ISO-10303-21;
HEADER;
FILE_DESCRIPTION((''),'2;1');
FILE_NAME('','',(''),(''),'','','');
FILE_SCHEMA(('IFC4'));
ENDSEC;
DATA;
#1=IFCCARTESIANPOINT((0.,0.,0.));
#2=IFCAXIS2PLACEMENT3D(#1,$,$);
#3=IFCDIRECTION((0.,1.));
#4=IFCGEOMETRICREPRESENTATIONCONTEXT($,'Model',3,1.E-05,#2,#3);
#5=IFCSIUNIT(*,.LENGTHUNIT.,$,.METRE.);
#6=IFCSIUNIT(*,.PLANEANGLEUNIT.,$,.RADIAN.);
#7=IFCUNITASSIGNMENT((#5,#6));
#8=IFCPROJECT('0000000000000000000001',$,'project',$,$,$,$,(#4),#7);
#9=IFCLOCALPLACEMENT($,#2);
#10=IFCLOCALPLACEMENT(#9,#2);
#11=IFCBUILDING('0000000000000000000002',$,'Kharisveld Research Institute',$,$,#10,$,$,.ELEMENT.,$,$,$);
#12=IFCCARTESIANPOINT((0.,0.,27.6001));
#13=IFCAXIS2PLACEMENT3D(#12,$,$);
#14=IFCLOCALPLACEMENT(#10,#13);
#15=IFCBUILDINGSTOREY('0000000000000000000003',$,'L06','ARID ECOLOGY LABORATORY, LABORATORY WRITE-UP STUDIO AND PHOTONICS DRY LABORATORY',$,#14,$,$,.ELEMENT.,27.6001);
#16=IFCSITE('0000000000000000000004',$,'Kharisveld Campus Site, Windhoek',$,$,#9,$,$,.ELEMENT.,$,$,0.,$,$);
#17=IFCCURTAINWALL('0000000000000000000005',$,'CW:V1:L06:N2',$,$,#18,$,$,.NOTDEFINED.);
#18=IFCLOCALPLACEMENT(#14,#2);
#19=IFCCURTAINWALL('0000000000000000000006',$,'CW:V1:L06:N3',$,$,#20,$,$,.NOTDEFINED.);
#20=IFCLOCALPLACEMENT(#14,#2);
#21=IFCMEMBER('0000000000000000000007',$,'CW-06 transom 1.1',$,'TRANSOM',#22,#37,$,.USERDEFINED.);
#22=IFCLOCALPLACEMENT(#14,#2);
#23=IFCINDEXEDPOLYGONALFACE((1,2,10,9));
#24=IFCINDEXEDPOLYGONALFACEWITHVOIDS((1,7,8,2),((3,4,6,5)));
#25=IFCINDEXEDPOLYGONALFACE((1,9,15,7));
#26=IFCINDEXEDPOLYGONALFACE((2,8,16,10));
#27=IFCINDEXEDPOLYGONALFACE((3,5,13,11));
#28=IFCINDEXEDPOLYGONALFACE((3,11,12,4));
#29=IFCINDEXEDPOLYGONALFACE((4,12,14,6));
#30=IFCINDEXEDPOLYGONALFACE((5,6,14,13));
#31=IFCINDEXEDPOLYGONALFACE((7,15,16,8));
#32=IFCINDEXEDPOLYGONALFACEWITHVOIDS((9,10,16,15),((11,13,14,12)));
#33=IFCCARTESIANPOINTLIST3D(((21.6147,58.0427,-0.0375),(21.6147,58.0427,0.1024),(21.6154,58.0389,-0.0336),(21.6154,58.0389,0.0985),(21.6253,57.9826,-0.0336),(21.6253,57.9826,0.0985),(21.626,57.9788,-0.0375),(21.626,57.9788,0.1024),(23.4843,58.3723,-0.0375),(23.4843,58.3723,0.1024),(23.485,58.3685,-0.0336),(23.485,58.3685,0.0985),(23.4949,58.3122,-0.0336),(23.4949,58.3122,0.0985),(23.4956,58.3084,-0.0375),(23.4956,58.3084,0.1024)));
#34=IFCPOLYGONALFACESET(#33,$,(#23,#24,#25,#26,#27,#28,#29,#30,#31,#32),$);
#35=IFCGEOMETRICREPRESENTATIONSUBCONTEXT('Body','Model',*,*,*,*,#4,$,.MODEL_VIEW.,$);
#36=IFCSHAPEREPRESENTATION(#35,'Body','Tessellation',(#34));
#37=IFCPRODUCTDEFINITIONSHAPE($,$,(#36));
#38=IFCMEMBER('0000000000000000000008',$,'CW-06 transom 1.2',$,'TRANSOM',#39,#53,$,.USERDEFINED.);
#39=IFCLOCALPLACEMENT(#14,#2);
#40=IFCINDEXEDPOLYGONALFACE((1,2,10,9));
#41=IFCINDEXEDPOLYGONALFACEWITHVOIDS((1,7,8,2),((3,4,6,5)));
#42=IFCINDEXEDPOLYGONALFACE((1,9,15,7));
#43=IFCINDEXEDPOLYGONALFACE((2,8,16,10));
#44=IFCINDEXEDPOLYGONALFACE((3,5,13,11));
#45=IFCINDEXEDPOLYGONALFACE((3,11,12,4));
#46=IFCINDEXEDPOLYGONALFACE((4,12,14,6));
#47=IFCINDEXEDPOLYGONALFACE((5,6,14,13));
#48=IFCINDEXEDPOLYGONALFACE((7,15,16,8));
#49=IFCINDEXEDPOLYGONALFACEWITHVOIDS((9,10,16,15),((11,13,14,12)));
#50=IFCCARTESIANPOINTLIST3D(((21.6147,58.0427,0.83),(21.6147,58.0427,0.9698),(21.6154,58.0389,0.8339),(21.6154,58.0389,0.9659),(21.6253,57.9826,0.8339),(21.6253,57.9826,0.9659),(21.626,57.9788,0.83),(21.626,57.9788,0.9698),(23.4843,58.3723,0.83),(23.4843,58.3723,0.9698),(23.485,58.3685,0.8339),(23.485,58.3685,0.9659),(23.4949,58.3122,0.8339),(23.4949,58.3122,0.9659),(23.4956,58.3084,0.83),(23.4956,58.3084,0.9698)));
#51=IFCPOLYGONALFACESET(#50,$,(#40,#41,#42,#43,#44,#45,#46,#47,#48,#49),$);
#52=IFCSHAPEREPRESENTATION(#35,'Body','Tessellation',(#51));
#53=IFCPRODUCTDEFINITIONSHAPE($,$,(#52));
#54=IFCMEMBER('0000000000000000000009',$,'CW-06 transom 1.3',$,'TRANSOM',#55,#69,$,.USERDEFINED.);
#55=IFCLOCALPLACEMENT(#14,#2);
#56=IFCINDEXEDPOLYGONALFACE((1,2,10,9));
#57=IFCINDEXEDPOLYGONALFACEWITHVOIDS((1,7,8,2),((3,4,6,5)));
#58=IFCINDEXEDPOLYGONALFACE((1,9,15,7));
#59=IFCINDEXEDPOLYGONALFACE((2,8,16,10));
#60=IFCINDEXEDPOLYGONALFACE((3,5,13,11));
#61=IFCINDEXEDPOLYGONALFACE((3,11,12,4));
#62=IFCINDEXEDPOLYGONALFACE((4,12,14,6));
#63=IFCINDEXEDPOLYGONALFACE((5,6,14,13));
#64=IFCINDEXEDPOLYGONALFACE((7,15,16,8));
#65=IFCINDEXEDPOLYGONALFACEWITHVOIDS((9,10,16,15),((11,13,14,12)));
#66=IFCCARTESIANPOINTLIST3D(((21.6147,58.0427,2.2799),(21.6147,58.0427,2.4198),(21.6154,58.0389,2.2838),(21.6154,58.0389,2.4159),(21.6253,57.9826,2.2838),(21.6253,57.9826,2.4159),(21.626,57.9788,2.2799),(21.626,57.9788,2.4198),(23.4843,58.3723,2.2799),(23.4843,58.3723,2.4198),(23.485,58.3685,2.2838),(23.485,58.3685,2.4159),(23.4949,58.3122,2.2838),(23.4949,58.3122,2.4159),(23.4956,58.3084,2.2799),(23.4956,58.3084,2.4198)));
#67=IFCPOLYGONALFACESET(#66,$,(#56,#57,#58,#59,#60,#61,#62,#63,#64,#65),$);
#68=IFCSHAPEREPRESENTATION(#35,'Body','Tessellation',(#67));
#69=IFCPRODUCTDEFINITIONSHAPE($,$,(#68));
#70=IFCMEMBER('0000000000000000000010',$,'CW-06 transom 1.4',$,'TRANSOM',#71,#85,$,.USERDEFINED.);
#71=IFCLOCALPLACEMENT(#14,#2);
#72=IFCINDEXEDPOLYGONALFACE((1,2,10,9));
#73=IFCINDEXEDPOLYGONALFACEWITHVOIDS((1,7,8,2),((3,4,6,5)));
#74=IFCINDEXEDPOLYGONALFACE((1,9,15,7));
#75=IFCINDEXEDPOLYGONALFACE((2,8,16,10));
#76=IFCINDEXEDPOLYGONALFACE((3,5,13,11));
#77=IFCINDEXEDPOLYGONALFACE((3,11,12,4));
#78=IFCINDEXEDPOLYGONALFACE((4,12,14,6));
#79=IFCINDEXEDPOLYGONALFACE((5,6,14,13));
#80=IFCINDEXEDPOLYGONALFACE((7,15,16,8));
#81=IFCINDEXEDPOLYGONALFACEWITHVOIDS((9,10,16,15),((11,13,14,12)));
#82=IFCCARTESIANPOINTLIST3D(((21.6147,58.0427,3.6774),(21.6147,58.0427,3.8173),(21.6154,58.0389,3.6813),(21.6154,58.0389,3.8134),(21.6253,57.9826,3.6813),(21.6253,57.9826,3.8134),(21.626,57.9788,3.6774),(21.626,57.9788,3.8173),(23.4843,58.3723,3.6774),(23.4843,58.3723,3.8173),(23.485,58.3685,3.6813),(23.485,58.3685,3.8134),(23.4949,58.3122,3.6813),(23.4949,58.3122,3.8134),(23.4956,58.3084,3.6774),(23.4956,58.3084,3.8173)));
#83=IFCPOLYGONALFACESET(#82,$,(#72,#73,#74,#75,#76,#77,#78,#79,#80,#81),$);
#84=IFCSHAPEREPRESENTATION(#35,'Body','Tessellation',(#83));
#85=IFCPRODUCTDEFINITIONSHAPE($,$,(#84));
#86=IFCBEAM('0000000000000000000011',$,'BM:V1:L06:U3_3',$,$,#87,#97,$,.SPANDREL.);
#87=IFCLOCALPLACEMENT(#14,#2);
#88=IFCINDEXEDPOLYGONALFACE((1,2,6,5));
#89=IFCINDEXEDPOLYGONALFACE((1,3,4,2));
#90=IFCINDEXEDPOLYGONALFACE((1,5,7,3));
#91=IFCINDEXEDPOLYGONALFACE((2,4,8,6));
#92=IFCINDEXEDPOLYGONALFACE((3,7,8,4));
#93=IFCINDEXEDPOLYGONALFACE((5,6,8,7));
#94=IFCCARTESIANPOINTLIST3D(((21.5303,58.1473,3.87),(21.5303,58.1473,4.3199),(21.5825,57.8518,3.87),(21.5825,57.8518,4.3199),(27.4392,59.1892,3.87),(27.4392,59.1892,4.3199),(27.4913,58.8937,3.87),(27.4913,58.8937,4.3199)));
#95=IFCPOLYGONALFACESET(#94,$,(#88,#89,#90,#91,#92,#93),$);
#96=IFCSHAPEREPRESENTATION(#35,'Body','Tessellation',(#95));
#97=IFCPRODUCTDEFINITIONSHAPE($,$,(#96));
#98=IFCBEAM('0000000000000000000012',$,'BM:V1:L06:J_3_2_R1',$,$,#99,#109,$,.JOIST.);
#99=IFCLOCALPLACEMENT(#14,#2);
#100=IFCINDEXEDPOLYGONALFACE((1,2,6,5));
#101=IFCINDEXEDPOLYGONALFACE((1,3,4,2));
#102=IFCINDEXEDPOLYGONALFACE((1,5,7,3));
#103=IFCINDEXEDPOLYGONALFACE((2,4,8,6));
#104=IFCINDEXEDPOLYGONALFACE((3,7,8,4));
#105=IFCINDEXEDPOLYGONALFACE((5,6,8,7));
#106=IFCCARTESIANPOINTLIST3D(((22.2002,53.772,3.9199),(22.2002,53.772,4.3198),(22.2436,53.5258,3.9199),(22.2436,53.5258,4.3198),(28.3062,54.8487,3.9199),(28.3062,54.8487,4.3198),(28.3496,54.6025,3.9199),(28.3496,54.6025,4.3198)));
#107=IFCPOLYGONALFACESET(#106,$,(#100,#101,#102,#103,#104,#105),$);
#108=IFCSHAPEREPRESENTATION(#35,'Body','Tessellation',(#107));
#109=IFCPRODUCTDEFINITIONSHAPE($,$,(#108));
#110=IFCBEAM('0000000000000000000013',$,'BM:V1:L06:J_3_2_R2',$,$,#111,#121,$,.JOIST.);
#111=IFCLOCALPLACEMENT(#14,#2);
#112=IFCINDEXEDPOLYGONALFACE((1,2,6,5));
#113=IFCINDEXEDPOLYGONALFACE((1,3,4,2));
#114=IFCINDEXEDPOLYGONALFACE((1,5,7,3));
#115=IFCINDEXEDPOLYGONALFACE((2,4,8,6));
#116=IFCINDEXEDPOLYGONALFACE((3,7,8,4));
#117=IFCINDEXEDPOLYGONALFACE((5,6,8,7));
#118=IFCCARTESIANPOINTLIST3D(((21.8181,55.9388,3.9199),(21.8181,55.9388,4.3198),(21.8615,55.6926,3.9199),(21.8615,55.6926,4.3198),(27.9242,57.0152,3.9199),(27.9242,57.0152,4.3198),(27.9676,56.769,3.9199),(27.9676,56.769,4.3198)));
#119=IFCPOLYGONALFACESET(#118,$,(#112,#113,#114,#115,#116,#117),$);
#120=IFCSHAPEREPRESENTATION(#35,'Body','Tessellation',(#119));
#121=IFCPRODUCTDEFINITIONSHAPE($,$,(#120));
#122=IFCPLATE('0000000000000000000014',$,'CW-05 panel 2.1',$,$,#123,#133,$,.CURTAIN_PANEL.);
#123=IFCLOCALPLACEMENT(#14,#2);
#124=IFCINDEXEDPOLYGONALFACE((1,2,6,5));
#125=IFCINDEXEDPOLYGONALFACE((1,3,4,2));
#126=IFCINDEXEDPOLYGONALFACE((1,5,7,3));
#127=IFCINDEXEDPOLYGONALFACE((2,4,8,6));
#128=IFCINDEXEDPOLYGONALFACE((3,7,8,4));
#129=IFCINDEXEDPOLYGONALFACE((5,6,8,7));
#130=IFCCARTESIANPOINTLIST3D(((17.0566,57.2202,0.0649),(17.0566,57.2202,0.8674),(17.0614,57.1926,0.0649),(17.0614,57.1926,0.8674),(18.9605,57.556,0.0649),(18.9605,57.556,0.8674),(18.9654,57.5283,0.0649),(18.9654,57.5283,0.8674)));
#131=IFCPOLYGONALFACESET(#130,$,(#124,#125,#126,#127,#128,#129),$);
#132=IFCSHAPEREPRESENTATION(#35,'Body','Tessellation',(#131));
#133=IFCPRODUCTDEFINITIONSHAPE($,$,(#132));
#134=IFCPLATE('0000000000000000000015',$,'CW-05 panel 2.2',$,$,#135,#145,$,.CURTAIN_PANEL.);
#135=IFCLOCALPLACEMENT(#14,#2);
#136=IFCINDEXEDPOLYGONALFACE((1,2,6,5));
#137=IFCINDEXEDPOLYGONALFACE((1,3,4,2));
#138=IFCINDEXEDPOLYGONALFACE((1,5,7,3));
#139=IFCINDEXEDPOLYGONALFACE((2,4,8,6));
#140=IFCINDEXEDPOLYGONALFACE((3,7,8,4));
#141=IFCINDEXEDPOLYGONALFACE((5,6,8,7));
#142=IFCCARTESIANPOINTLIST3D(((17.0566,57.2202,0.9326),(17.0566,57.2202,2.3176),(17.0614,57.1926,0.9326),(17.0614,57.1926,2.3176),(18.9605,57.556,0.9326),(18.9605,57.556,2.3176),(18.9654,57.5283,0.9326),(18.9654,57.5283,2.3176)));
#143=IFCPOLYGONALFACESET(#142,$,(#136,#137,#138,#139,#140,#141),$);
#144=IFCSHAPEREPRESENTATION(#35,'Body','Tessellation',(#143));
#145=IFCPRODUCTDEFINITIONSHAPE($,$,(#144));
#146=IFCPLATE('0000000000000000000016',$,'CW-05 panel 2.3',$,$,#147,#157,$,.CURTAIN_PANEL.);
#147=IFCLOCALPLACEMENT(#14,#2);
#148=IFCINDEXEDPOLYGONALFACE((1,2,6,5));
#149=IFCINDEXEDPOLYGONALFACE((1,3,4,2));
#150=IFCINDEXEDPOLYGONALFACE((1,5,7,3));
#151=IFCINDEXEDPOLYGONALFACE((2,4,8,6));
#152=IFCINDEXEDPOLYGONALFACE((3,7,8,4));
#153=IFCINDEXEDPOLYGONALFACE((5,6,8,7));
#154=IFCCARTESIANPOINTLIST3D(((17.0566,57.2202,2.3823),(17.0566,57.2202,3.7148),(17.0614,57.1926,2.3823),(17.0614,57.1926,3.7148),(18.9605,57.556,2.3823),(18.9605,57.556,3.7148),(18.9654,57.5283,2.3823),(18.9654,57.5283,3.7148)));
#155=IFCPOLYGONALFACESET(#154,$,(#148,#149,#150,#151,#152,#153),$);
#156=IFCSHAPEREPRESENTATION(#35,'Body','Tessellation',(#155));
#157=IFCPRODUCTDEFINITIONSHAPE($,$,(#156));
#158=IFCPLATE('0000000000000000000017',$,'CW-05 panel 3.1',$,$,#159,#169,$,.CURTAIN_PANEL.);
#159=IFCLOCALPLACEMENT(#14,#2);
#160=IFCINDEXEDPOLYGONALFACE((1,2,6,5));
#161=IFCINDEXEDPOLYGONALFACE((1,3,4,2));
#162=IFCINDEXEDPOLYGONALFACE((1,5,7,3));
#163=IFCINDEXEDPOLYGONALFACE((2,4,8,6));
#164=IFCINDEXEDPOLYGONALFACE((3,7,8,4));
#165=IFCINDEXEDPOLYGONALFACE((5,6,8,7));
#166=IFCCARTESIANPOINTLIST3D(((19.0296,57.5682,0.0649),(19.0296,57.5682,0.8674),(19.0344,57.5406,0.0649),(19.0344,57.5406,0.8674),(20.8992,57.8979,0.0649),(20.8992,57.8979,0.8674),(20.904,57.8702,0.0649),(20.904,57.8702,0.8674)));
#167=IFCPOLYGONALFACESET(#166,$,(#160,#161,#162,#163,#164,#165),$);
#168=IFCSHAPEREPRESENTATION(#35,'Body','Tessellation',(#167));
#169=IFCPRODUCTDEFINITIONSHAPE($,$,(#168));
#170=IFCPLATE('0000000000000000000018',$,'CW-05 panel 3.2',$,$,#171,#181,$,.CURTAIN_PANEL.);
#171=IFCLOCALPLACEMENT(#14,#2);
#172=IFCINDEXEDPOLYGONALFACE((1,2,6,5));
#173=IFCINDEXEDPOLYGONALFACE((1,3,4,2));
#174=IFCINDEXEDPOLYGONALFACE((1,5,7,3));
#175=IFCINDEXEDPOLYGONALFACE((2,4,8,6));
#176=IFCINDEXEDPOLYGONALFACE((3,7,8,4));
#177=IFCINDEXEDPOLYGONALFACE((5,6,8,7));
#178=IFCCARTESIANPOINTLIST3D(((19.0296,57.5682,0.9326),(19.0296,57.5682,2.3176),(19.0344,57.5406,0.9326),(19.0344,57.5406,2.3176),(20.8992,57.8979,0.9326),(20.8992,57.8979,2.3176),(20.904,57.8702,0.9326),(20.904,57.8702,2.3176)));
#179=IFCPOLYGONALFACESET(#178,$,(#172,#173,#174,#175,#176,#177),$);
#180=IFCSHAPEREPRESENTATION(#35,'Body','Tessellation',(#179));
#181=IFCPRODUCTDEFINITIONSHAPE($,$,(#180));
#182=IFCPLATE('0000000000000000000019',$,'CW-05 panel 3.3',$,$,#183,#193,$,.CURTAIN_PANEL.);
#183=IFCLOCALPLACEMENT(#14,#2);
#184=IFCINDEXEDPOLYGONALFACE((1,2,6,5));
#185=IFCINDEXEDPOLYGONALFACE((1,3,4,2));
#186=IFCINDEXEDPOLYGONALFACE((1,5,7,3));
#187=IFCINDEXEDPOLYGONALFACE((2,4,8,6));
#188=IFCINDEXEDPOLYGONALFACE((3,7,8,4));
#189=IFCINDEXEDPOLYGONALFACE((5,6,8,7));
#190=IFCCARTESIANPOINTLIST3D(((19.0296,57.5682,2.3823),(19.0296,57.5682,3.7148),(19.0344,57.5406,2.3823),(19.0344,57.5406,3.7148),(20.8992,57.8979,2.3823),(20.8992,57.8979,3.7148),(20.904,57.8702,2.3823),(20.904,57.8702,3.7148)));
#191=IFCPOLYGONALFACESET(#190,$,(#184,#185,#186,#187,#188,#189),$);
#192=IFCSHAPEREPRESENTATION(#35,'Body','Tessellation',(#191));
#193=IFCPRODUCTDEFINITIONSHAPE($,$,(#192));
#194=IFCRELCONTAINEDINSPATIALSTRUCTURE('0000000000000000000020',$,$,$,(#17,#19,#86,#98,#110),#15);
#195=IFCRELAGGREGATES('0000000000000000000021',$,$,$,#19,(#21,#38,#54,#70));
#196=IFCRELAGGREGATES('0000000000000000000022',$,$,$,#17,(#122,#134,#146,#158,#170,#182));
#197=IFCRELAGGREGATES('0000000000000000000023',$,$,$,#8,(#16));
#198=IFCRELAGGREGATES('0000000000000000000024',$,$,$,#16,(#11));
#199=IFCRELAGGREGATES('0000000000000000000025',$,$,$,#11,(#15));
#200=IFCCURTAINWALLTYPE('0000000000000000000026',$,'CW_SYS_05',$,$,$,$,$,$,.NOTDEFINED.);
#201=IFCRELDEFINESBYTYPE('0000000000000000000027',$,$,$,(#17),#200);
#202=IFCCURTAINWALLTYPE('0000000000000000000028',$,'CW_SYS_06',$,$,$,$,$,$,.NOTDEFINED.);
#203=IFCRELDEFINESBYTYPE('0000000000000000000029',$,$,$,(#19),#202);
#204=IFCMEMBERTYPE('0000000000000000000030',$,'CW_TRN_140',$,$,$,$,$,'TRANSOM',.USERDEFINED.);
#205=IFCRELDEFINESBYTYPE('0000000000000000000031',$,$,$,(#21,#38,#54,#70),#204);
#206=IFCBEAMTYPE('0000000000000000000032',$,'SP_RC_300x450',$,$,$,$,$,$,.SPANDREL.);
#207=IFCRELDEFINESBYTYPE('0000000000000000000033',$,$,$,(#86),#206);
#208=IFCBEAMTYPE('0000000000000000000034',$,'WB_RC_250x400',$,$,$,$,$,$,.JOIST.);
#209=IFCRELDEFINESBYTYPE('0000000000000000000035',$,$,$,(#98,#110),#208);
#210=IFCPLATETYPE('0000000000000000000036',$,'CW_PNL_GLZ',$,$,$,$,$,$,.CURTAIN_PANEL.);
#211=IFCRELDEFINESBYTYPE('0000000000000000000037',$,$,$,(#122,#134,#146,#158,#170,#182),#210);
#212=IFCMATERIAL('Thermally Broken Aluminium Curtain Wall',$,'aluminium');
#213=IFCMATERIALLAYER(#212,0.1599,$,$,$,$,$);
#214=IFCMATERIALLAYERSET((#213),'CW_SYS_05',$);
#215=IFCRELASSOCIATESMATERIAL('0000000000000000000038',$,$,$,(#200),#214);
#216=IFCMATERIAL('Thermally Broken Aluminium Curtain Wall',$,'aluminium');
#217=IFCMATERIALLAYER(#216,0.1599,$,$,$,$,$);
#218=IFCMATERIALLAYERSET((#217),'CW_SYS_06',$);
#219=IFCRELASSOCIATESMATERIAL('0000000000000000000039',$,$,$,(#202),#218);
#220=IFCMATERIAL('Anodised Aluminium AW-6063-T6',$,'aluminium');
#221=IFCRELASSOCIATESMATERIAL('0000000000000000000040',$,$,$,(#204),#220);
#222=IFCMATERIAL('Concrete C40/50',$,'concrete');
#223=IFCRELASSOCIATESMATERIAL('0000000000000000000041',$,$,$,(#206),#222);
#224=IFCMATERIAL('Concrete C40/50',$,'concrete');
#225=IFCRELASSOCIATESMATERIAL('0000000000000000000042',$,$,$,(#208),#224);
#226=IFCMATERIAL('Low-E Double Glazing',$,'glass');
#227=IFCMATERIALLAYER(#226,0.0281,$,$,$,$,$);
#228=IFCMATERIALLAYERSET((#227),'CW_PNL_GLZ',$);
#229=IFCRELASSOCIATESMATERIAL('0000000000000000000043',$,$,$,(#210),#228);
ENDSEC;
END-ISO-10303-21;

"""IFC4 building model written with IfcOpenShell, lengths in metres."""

from ifc_helpers import new_model, si_unit, direction, frame, origin, origin_2d, place, context, subcontext, project, spatial, rectangle, hollow_rectangle, extrude, material, layer, layer_set, material_profile, profile_set, type_object, element, aggregate, save


model = new_model("IFC4")

# Units and contexts
model_context = context("Model", 3, precision=1e-05, world=origin(), true_north=direction((0.0, 1.0)))
body_context = subcontext(model_context, "Body", "Model", "MODEL_VIEW")
ifc_project = project(units=[si_unit("LENGTHUNIT", "METRE"), si_unit("PLANEANGLEUNIT", "RADIAN")], contexts=[model_context])

# Site, building, storey
site_placement = place(None, origin())
site = spatial("IfcSite", under=ifc_project, at=site_placement, Name="Kharisveld Campus Site, Windhoek", CompositionType="ELEMENT", RefElevation=0.0)
building_placement = place(site_placement, origin())
building = spatial("IfcBuilding", under=site, at=building_placement, Name="Kharisveld Research Institute", CompositionType="ELEMENT")
storey_placement = place(building_placement, frame((0.0, 0.0, 27.6001)))
storey = spatial("IfcBuildingStorey", under=building, at=storey_placement, Name="L06", Description="ARID ECOLOGY LABORATORY, LABORATORY WRITE-UP STUDIO AND PHOTONICS DRY LABORATORY", CompositionType="ELEMENT", Elevation=27.6001)

# Curtain wall
ifc_material_1 = material(Name="Thermally Broken Aluminium Curtain Wall", Category="aluminium")
ifc_layer_1 = layer(ifc_material_1, 0.1599)
ifc_layer_set_1 = layer_set([ifc_layer_1], Name="CW_SYS_05")
curtain_wall_type_1 = type_object("IfcCurtainWallType", Name="CW_SYS_05", PredefinedType="NOTDEFINED", material=ifc_layer_set_1)
curtain_wall_1_placement = place(storey_placement, origin())
curtain_wall_1 = element("IfcCurtainWall", 1, at=curtain_wall_1_placement, inside=storey, type_object=curtain_wall_type_1, Name="CW:V1:L06:N2", PredefinedType="NOTDEFINED")

# Curtain wall
ifc_material_2 = material(Name="Thermally Broken Aluminium Curtain Wall", Category="aluminium")
ifc_layer_2 = layer(ifc_material_2, 0.1599)
ifc_layer_set_2 = layer_set([ifc_layer_2], Name="CW_SYS_06")
curtain_wall_type_2 = type_object("IfcCurtainWallType", Name="CW_SYS_06", PredefinedType="NOTDEFINED", material=ifc_layer_set_2)
curtain_wall_2_placement = place(storey_placement, origin())
curtain_wall_2 = element("IfcCurtainWall", 2, at=curtain_wall_2_placement, inside=storey, type_object=curtain_wall_type_2, Name="CW:V1:L06:N3", PredefinedType="NOTDEFINED")

# Members
ifc_material_3 = material(Name="Anodised Aluminium AW-6063-T6", Category="aluminium")
ifc_material_profile_1 = material_profile(ifc_material_3, hollow_rectangle(XDim=0.0649, YDim=0.1399, WallThickness=0.0039, at=origin_2d()))
ifc_profile_set_1 = profile_set([ifc_material_profile_1], Name="Anodised Aluminium AW-6063-T6")
member_type_1 = type_object("IfcMemberType", Name="CW_TRN_140", ElementType="TRANSOM", PredefinedType="USERDEFINED", material=ifc_profile_set_1)
member_1_placement = place(storey_placement, frame((21.6204, 58.0107, 0.0325), z_axis=(0.984815, 0.173609, 0.0), x_axis=(-0.173609, 0.984815, 0.0)))
member_1 = element("IfcMember", 3, at=member_1_placement, type_object=member_type_1, Name="CW-06 transom 1.1", ObjectType="TRANSOM", PredefinedType="USERDEFINED", context=body_context, shape_type="SweptSolid", body=[
    extrude(hollow_rectangle(XDim=0.0649, YDim=0.1399, WallThickness=0.0039, at=origin_2d()), origin(), (0.0, 0.0, 1.0), 1.8984),
])
member_2_placement = place(storey_placement, frame((21.6204, 58.0107, 0.8999), z_axis=(0.984815, 0.173609, 0.0), x_axis=(-0.173609, 0.984815, 0.0)))
member_2 = element("IfcMember", 4, at=member_2_placement, type_object=member_type_1, Name="CW-06 transom 1.2", ObjectType="TRANSOM", PredefinedType="USERDEFINED", context=body_context, shape_type="SweptSolid", body=[
    extrude(hollow_rectangle(XDim=0.0649, YDim=0.1399, WallThickness=0.0039, at=origin_2d()), origin(), (0.0, 0.0, 1.0), 1.8984),
])
member_3_placement = place(storey_placement, frame((21.6204, 58.0107, 2.3499), z_axis=(0.984815, 0.173609, 0.0), x_axis=(-0.173609, 0.984815, 0.0)))
member_3 = element("IfcMember", 5, at=member_3_placement, type_object=member_type_1, Name="CW-06 transom 1.3", ObjectType="TRANSOM", PredefinedType="USERDEFINED", context=body_context, shape_type="SweptSolid", body=[
    extrude(hollow_rectangle(XDim=0.0649, YDim=0.1399, WallThickness=0.0039, at=origin_2d()), origin(), (0.0, 0.0, 1.0), 1.8984),
])
member_4_placement = place(storey_placement, frame((21.6204, 58.0107, 3.7473), z_axis=(0.984815, 0.173609, 0.0), x_axis=(-0.173609, 0.984815, 0.0)))
member_4 = element("IfcMember", 6, at=member_4_placement, type_object=member_type_1, Name="CW-06 transom 1.4", ObjectType="TRANSOM", PredefinedType="USERDEFINED", context=body_context, shape_type="SweptSolid", body=[
    extrude(hollow_rectangle(XDim=0.0649, YDim=0.1399, WallThickness=0.0039, at=origin_2d()), origin(), (0.0, 0.0, 1.0), 1.8984),
])
aggregate(curtain_wall_2, [member_1, member_2, member_3, member_4])

# Beams
ifc_material_4 = material(Name="Concrete C40/50", Category="concrete")
ifc_material_profile_2 = material_profile(ifc_material_4, rectangle(XDim=0.3, YDim=0.45, at=origin_2d()))
ifc_profile_set_2 = profile_set([ifc_material_profile_2], Name="Concrete C40/50")
beam_type_1 = type_object("IfcBeamType", Name="SP_RC_300x450", PredefinedType="SPANDREL", material=ifc_profile_set_2)
beam_placement = place(storey_placement, frame((21.5564, 57.9995, 4.095), z_axis=(0.984805, 0.173662, 0.0), x_axis=(-0.173662, 0.984805, 0.0)))
element("IfcBeam", 7, at=beam_placement, inside=storey, type_object=beam_type_1, Name="BM:V1:L06:U3_3", PredefinedType="SPANDREL", context=body_context, shape_type="SweptSolid", body=[
    extrude(rectangle(XDim=0.3, YDim=0.45, at=origin_2d()), origin(), (0.0, 0.0, 1.0), 6.0),
])
ifc_material_5 = material(Name="Concrete C40/50", Category="concrete")
ifc_material_profile_3 = material_profile(ifc_material_5, rectangle(XDim=0.25, YDim=0.3999, at=origin_2d()))
ifc_profile_set_3 = profile_set([ifc_material_profile_3], Name="Concrete C40/50")
beam_type_2 = type_object("IfcBeamType", Name="WB_RC_250x400", PredefinedType="JOIST", material=ifc_profile_set_3)
for number, where, z_axis, x_axis, name in (
    (8, (22.2219, 53.6489, 4.1199), (0.984807, 0.173651, 0.0), (-0.173651, 0.984807, 0.0), "BM:V1:L06:J_3_2_R1"),
    (9, (21.8398, 55.8157, 4.1199), (0.984814, 0.173612, 0.0), (-0.173612, 0.984814, 0.0), "BM:V1:L06:J_3_2_R2"),
):
    element("IfcBeam", number, at=place(storey_placement, frame(where, z_axis=z_axis, x_axis=x_axis)), inside=storey, type_object=beam_type_2, Name=name, PredefinedType="JOIST", context=body_context, shape_type="SweptSolid", body=[
        extrude(rectangle(XDim=0.25, YDim=0.3999, at=origin_2d()), origin(), (0.0, 0.0, 1.0), 6.2002),
    ])

# Plates
ifc_material_6 = material(Name="Low-E Double Glazing", Category="glass")
ifc_layer_3 = layer(ifc_material_6, 0.0281)
ifc_layer_set_3 = layer_set([ifc_layer_3], Name="CW_PNL_GLZ")
plate_type = type_object("IfcPlateType", Name="CW_PNL_GLZ", PredefinedType="CURTAIN_PANEL", material=ifc_layer_set_3)
plate_1_placement = place(storey_placement, frame((18.011, 57.3743, 0.0649), z_axis=(0.0, 0.0, 1.0), x_axis=(0.984808, 0.173648, 0.0)))
plate_1 = element("IfcPlate", 10, at=plate_1_placement, type_object=plate_type, Name="CW-05 panel 2.1", PredefinedType="CURTAIN_PANEL", context=body_context, shape_type="SweptSolid", body=[
    extrude(rectangle(XDim=1.9333, YDim=0.0281, at=origin_2d()), origin(), (0.0, 0.0, 1.0), 0.8025),
])
plate_2_placement = place(storey_placement, frame((18.011, 57.3743, 0.9326), z_axis=(0.0, 0.0, 1.0), x_axis=(0.984808, 0.173648, 0.0)))
plate_2 = element("IfcPlate", 11, at=plate_2_placement, type_object=plate_type, Name="CW-05 panel 2.2", PredefinedType="CURTAIN_PANEL", context=body_context, shape_type="SweptSolid", body=[
    extrude(rectangle(XDim=1.9333, YDim=0.0281, at=origin_2d()), origin(), (0.0, 0.0, 1.0), 1.385),
])
plate_3_placement = place(storey_placement, frame((18.011, 57.3743, 2.3823), z_axis=(0.0, 0.0, 1.0), x_axis=(0.984808, 0.173648, 0.0)))
plate_3 = element("IfcPlate", 12, at=plate_3_placement, type_object=plate_type, Name="CW-05 panel 2.3", PredefinedType="CURTAIN_PANEL", context=body_context, shape_type="SweptSolid", body=[
    extrude(rectangle(XDim=1.9333, YDim=0.0281, at=origin_2d()), origin(), (0.0, 0.0, 1.0), 1.3325),
])
plate_4_placement = place(storey_placement, frame((19.9668, 57.7192, 0.0649), z_axis=(0.0, 0.0, 1.0), x_axis=(0.984808, 0.173648, 0.0)))
plate_4 = element("IfcPlate", 13, at=plate_4_placement, type_object=plate_type, Name="CW-05 panel 3.1", PredefinedType="CURTAIN_PANEL", context=body_context, shape_type="SweptSolid", body=[
    extrude(rectangle(XDim=1.8984, YDim=0.0281, at=origin_2d()), origin(), (0.0, 0.0, 1.0), 0.8025),
])
plate_5_placement = place(storey_placement, frame((19.9668, 57.7192, 0.9326), z_axis=(0.0, 0.0, 1.0), x_axis=(0.984808, 0.173648, 0.0)))
plate_5 = element("IfcPlate", 14, at=plate_5_placement, type_object=plate_type, Name="CW-05 panel 3.2", PredefinedType="CURTAIN_PANEL", context=body_context, shape_type="SweptSolid", body=[
    extrude(rectangle(XDim=1.8984, YDim=0.0281, at=origin_2d()), origin(), (0.0, 0.0, 1.0), 1.385),
])
plate_6_placement = place(storey_placement, frame((19.9668, 57.7192, 2.3823), z_axis=(0.0, 0.0, 1.0), x_axis=(0.984808, 0.173648, 0.0)))
plate_6 = element("IfcPlate", 15, at=plate_6_placement, type_object=plate_type, Name="CW-05 panel 3.3", PredefinedType="CURTAIN_PANEL", context=body_context, shape_type="SweptSolid", body=[
    extrude(rectangle(XDim=1.8984, YDim=0.0281, at=origin_2d()), origin(), (0.0, 0.0, 1.0), 1.3325),
])
aggregate(curtain_wall_1, [plate_1, plate_2, plate_3, plate_4, plate_5, plate_6])

save(model, "model.ifc")
